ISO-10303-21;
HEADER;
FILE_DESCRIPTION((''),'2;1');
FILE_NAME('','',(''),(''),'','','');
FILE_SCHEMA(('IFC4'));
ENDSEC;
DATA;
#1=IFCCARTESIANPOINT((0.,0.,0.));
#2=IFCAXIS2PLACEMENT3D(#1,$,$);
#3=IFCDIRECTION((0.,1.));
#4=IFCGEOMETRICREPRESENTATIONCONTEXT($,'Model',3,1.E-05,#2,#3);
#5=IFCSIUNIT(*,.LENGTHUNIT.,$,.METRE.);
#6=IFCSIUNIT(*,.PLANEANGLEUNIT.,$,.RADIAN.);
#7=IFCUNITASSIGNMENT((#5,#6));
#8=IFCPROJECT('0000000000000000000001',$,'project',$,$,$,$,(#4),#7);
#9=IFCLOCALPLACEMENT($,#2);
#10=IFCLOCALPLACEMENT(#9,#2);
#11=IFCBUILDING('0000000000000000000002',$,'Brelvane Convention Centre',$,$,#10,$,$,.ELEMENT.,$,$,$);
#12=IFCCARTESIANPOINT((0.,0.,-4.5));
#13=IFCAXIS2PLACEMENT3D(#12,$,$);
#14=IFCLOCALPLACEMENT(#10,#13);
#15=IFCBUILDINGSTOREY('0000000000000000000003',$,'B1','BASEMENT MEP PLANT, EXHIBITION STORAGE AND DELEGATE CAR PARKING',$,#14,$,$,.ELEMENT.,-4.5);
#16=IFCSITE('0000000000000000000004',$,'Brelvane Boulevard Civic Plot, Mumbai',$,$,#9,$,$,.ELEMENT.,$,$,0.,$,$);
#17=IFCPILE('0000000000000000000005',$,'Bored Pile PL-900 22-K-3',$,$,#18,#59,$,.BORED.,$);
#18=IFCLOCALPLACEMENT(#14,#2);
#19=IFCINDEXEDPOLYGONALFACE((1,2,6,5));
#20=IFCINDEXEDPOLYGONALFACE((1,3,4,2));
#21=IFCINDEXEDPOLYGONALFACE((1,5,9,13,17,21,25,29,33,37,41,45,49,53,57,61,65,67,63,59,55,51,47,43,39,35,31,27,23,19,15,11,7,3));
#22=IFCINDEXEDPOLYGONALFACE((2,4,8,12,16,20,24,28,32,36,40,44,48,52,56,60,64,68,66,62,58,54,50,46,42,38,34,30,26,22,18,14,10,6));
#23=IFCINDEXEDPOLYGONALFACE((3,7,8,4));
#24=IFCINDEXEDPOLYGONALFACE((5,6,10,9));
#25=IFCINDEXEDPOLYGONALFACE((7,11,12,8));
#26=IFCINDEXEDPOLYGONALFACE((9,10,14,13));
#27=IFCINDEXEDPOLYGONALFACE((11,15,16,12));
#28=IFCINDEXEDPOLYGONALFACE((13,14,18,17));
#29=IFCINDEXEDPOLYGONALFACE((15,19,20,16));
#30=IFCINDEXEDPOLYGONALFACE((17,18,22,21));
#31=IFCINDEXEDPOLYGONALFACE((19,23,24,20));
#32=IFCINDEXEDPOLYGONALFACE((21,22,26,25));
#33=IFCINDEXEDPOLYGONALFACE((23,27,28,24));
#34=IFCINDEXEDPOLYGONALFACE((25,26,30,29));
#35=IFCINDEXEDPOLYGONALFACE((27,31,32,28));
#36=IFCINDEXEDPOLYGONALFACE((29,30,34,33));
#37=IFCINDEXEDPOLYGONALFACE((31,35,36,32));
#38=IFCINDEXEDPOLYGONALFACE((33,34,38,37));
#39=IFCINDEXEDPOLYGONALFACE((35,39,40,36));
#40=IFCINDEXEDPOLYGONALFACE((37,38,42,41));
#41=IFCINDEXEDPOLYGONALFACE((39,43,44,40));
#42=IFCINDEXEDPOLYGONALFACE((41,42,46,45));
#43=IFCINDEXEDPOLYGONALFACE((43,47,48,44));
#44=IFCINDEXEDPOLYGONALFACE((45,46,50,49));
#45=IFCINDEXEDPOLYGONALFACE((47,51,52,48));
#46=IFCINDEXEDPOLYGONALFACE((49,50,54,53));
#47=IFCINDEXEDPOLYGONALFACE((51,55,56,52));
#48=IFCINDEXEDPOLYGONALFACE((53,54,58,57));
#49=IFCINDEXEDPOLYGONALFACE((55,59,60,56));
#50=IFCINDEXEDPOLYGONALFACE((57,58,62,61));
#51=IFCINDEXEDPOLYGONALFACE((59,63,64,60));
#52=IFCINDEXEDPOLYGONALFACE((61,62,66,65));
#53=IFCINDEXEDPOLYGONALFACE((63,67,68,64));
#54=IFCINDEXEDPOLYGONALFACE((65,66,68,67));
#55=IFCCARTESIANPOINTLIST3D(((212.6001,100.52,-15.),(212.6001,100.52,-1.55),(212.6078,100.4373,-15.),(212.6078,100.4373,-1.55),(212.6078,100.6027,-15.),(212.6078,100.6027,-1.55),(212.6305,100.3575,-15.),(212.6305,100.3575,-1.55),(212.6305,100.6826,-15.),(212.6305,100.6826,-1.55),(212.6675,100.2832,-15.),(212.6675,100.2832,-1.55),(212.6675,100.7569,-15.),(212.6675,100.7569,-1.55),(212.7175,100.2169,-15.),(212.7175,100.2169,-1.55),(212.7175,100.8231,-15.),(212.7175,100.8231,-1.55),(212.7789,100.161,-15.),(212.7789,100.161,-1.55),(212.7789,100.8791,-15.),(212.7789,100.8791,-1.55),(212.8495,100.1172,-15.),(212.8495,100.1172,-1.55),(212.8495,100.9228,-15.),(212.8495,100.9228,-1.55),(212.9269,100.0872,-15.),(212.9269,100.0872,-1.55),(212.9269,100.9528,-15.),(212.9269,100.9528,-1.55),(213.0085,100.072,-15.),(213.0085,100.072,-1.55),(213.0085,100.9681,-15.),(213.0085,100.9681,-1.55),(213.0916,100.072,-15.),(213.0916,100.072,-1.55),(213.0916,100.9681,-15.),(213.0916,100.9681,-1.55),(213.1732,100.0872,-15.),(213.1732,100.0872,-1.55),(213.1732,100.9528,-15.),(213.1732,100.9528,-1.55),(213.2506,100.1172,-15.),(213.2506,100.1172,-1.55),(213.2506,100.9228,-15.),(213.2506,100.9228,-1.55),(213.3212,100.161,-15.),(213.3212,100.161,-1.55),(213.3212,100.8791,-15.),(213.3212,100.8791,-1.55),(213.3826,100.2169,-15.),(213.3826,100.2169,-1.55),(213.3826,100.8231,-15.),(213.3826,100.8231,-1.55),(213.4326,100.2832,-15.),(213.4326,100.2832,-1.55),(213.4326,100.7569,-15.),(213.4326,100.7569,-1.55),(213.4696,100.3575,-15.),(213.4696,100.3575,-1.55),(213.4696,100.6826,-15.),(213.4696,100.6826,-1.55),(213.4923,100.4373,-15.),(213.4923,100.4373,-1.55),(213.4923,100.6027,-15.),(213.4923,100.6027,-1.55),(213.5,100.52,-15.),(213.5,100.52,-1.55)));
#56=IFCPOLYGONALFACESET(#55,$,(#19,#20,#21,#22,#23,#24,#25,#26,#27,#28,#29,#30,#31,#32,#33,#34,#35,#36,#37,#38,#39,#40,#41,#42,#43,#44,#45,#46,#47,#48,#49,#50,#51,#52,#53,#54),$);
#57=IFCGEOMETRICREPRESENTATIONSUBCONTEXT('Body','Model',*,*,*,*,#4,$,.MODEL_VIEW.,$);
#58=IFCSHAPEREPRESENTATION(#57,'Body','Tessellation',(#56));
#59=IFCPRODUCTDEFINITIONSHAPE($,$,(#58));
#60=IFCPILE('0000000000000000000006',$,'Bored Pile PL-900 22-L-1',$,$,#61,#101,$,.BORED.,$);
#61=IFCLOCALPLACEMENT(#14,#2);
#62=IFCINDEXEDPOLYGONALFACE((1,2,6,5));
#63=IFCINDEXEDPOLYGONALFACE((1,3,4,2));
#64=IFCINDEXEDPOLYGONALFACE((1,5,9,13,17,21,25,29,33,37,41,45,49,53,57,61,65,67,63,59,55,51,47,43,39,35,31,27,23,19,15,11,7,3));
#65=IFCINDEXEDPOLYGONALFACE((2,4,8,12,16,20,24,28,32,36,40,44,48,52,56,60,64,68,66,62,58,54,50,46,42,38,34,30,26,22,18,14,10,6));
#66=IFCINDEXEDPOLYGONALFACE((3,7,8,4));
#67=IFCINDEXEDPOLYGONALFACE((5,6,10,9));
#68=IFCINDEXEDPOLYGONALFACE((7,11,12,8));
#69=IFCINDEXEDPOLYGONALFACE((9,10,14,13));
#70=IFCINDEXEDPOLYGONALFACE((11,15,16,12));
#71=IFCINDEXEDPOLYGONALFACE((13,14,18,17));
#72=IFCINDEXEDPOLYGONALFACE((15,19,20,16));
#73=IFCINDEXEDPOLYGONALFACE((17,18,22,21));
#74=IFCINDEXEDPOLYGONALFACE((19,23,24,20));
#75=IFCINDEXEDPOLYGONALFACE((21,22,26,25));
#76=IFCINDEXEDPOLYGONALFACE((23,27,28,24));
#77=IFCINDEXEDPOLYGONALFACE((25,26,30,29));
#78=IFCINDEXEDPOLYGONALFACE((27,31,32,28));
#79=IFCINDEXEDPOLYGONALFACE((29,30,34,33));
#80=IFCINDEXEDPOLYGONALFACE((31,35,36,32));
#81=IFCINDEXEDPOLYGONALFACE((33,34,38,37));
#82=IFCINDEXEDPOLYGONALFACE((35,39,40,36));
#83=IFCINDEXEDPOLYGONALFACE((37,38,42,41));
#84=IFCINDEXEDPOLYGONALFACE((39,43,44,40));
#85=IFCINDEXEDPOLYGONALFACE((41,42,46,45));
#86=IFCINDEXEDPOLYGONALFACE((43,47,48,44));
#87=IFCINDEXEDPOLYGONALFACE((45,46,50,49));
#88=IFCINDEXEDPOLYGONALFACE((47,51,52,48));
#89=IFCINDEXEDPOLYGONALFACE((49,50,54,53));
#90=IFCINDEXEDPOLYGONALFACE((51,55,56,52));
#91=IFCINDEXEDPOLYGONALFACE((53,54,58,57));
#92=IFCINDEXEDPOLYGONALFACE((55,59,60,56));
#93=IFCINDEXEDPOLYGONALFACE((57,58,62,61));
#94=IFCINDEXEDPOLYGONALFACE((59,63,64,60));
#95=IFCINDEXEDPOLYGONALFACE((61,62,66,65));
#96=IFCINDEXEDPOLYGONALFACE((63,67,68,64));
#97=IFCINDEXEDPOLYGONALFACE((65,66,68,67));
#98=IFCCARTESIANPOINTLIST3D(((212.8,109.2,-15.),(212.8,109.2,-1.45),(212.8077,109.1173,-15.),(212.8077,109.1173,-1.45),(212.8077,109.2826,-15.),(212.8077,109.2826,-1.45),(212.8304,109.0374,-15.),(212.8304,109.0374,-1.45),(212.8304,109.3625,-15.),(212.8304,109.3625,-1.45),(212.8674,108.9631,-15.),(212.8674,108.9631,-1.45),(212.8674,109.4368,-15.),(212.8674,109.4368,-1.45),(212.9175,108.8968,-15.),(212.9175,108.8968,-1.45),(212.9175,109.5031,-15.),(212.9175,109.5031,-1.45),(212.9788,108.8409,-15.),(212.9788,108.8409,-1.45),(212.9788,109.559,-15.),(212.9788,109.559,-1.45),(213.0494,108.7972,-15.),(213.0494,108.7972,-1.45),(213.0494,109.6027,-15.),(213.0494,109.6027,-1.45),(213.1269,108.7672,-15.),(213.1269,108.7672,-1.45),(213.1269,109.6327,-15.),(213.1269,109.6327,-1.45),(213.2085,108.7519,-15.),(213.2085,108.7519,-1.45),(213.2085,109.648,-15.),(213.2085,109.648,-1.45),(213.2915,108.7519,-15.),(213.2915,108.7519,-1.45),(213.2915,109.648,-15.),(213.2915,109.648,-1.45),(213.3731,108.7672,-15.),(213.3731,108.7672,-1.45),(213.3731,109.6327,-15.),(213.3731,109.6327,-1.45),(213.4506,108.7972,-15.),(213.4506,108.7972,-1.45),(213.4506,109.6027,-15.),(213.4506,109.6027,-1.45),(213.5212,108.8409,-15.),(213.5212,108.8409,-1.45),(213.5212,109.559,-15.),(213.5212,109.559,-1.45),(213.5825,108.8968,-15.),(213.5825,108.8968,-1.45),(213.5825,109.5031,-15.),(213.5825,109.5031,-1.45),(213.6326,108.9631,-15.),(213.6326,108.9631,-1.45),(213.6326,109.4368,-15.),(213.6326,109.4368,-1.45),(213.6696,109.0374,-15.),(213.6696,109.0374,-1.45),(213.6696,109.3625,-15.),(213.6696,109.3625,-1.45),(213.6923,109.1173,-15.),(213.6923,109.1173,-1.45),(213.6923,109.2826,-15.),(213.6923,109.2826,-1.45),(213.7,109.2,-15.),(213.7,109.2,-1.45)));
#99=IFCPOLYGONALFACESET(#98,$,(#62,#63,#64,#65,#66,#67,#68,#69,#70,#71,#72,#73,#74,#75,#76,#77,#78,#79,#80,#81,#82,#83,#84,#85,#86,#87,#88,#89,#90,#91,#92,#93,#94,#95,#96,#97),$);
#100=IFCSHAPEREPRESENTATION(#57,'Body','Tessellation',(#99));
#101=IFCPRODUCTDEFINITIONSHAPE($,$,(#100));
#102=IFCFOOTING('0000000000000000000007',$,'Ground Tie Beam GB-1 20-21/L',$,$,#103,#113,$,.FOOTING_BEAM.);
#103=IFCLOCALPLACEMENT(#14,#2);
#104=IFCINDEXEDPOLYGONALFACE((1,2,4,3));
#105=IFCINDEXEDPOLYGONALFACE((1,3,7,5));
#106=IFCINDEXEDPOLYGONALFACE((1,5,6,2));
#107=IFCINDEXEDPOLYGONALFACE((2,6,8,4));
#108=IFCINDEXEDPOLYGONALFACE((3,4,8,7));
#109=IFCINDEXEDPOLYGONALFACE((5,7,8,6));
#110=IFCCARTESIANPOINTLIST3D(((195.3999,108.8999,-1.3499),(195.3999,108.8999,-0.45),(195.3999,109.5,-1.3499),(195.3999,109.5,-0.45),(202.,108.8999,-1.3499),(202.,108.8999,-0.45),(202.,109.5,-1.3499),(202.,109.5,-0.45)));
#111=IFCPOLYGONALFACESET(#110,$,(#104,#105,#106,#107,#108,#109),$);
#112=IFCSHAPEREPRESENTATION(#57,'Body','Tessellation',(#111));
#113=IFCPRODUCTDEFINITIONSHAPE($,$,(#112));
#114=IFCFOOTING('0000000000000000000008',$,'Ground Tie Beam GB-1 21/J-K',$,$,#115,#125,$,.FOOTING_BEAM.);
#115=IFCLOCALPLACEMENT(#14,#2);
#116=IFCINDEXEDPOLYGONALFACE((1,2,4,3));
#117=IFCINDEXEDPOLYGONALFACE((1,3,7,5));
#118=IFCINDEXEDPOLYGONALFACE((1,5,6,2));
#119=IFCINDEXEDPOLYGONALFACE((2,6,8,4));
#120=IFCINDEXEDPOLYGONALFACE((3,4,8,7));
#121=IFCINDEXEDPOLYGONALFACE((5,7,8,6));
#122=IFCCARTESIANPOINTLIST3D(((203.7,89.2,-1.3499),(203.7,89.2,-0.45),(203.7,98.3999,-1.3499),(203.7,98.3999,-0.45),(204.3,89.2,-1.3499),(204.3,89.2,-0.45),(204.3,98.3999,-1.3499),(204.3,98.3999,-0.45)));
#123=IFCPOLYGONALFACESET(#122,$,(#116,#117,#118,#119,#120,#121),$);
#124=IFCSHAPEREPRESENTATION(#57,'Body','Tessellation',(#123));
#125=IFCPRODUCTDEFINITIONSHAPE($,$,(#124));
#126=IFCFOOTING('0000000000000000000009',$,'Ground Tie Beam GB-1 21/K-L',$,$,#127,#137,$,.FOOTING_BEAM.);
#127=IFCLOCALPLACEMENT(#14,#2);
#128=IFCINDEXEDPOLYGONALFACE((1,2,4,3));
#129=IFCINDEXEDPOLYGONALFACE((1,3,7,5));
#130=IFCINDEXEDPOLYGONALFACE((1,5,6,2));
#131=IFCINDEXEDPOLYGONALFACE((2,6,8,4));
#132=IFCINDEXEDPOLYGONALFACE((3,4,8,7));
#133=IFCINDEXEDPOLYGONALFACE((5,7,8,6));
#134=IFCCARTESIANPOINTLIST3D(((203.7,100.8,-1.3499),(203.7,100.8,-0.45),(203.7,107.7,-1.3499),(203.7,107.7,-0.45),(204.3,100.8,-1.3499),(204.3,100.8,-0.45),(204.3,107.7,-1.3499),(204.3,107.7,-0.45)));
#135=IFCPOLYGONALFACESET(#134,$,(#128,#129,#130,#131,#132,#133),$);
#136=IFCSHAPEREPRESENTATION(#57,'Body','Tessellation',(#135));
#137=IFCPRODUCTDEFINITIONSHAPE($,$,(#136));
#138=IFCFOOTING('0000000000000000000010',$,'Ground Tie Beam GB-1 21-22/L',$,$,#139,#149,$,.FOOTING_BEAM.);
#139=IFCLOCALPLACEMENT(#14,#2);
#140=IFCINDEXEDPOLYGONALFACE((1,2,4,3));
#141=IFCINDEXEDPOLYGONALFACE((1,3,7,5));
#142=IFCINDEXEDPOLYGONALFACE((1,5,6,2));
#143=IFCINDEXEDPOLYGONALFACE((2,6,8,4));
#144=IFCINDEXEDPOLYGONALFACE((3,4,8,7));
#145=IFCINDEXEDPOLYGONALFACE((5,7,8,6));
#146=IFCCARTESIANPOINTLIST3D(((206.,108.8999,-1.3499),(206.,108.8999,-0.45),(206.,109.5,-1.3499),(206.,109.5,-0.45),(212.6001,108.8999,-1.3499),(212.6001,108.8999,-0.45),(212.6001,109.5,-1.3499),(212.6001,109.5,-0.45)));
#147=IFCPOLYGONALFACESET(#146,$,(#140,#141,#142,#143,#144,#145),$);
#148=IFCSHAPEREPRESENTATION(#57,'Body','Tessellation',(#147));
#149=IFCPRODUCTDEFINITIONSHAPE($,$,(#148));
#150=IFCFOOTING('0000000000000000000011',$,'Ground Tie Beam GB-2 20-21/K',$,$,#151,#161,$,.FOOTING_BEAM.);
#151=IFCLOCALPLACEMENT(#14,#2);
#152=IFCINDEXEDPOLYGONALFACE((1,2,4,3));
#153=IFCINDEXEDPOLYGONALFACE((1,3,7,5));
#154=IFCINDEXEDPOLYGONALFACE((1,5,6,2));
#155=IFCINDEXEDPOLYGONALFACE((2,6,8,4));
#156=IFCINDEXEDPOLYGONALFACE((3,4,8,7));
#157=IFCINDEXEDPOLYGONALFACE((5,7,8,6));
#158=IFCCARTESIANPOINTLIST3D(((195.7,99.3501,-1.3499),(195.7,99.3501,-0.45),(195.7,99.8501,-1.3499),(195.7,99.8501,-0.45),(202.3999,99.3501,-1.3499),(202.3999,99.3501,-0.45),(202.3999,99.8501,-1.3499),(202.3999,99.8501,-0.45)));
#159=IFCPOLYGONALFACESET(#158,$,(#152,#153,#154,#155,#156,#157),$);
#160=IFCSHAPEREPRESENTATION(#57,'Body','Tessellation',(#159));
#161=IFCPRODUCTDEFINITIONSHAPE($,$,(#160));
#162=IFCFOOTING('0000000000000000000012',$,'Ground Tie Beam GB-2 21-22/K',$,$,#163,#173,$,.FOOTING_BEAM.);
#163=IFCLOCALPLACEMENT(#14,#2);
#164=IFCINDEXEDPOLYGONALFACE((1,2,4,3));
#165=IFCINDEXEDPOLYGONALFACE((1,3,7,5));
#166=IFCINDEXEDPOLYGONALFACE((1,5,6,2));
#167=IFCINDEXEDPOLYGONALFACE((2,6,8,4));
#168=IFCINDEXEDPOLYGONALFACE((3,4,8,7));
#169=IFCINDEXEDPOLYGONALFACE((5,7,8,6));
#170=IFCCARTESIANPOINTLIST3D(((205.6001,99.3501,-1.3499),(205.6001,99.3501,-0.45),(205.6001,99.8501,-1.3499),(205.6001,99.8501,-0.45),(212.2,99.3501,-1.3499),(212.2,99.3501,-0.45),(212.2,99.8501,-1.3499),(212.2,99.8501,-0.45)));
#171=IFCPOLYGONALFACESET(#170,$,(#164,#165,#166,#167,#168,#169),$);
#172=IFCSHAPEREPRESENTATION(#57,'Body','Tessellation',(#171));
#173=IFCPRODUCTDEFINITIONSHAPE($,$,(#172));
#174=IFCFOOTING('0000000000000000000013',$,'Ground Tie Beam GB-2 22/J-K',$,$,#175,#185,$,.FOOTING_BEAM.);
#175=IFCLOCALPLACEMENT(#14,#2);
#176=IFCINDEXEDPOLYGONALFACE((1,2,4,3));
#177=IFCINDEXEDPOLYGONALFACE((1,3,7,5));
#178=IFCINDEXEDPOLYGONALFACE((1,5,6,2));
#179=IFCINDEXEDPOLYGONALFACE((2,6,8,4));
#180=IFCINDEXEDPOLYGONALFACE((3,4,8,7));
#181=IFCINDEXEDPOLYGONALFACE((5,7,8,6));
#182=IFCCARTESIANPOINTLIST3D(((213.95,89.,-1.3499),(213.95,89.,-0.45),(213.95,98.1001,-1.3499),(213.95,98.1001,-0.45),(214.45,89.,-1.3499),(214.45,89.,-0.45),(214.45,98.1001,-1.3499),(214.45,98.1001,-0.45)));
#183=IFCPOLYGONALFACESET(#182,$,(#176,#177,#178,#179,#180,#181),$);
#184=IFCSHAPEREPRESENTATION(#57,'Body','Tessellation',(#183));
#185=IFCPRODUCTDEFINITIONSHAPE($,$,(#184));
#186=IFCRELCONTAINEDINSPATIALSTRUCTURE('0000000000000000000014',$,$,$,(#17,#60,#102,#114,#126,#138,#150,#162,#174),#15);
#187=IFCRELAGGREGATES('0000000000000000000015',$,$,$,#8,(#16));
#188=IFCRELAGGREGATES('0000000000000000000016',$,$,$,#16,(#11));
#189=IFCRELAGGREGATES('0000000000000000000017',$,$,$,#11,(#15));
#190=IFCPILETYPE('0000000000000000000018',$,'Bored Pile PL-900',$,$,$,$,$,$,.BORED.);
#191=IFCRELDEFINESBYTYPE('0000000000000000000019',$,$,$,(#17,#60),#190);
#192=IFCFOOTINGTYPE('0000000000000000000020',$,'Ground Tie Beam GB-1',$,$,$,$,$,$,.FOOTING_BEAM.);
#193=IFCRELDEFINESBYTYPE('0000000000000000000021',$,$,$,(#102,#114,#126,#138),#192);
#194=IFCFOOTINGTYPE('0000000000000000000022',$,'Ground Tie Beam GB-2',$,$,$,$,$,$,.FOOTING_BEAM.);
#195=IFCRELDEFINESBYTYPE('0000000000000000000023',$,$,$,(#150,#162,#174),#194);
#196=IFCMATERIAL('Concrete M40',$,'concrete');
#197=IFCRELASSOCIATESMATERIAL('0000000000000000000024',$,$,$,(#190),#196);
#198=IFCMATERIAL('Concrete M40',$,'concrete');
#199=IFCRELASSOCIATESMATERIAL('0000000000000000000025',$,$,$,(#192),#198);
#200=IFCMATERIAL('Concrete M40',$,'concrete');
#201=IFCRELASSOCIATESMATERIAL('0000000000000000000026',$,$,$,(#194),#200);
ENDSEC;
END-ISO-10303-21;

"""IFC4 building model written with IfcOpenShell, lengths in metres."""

from ifc_helpers import new_model, si_unit, direction, frame, origin, origin_2d, place, context, subcontext, project, spatial, rectangle, circle, extrude, material, material_profile, profile_set, type_object, element, save


model = new_model("IFC4")

# Units and contexts
model_context = context("Model", 3, precision=1e-05, world=origin(), true_north=direction((0.0, 1.0)))
body_context = subcontext(model_context, "Body", "Model", "MODEL_VIEW")
ifc_project = project(units=[si_unit("LENGTHUNIT", "METRE"), si_unit("PLANEANGLEUNIT", "RADIAN")], contexts=[model_context])

# Site, building, storey
site_placement = place(None, origin())
site = spatial("IfcSite", under=ifc_project, at=site_placement, Name="Brelvane Boulevard Civic Plot, Mumbai", CompositionType="ELEMENT", RefElevation=0.0)
building_placement = place(site_placement, origin())
building = spatial("IfcBuilding", under=site, at=building_placement, Name="Brelvane Convention Centre", CompositionType="ELEMENT")
storey_placement = place(building_placement, frame((0.0, 0.0, -4.5)))
storey = spatial("IfcBuildingStorey", under=building, at=storey_placement, Name="B1", Description="BASEMENT MEP PLANT, EXHIBITION STORAGE AND DELEGATE CAR PARKING", CompositionType="ELEMENT", Elevation=-4.5)

# Piles
ifc_material_1 = material(Name="Concrete M40", Category="concrete")
ifc_material_profile_1 = material_profile(ifc_material_1, circle(Radius=0.45, at=origin_2d()), Name="PILE D900")
ifc_profile_set_1 = profile_set([ifc_material_profile_1], Name="Concrete M40")
pile_type = type_object("IfcPileType", Name="Bored Pile PL-900", PredefinedType="BORED", material=ifc_profile_set_1)
for number, where, z_axis, x_axis, name in (
    (1, (213.05, 100.52, -1.55), (0.0, 0.0, -1.0), (1.0, 0.0, 0.0), "Bored Pile PL-900 22-K-3"),
):
    element("IfcPile", number, at=place(storey_placement, frame(where, z_axis=z_axis, x_axis=x_axis)), inside=storey, type_object=pile_type, Name=name, PredefinedType="BORED", context=body_context, shape_type="SweptSolid", body=[
        extrude(circle(Radius=0.45, at=origin_2d()), origin(), (0.0, 0.0, 1.0), 13.45),
    ])
pile_1_placement = place(storey_placement, frame((213.25, 109.2, -1.45), z_axis=(0.0, 0.0, -1.0), x_axis=(1.0, 0.0, 0.0)))
element("IfcPile", 2, at=pile_1_placement, inside=storey, type_object=pile_type, Name="Bored Pile PL-900 22-L-1", PredefinedType="BORED", context=body_context, shape_type="SweptSolid", body=[
    extrude(circle(Radius=0.45, at=origin_2d()), origin(), (0.0, 0.0, 1.0), 13.55),
])

# Footings
ifc_material_2 = material(Name="Concrete M40", Category="concrete")
ifc_material_profile_2 = material_profile(ifc_material_2, rectangle(XDim=0.6001, YDim=0.8999, at=origin_2d()), Name="RC 600x900")
ifc_profile_set_2 = profile_set([ifc_material_profile_2], Name="Concrete M40")
footing_type_1 = type_object("IfcFootingType", Name="Ground Tie Beam GB-1", PredefinedType="FOOTING_BEAM", material=ifc_profile_set_2)
footing_1_placement = place(storey_placement, frame((195.3999, 109.2, -0.8999), z_axis=(1.0, 0.0, 0.0), x_axis=(0.0, 1.0, 0.0)))
element("IfcFooting", 3, at=footing_1_placement, inside=storey, type_object=footing_type_1, Name="Ground Tie Beam GB-1 20-21/L", PredefinedType="FOOTING_BEAM", context=body_context, shape_type="SweptSolid", body=[
    extrude(rectangle(XDim=0.6001, YDim=0.8999, at=origin_2d()), origin(), (0.0, 0.0, 1.0), 6.6001),
])
footing_2_placement = place(storey_placement, frame((204.0, 89.2, -0.8999), z_axis=(0.0, 1.0, 0.0), x_axis=(-1.0, 0.0, 0.0)))
element("IfcFooting", 4, at=footing_2_placement, inside=storey, type_object=footing_type_1, Name="Ground Tie Beam GB-1 21/J-K", PredefinedType="FOOTING_BEAM", context=body_context, shape_type="SweptSolid", body=[
    extrude(rectangle(XDim=0.6001, YDim=0.8999, at=origin_2d()), origin(), (0.0, 0.0, 1.0), 9.2),
])
footing_3_placement = place(storey_placement, frame((204.0, 100.8, -0.8999), z_axis=(0.0, 1.0, 0.0), x_axis=(-1.0, 0.0, 0.0)))
element("IfcFooting", 5, at=footing_3_placement, inside=storey, type_object=footing_type_1, Name="Ground Tie Beam GB-1 21/K-L", PredefinedType="FOOTING_BEAM", context=body_context, shape_type="SweptSolid", body=[
    extrude(rectangle(XDim=0.6001, YDim=0.8999, at=origin_2d()), origin(), (0.0, 0.0, 1.0), 6.8999),
])
footing_4_placement = place(storey_placement, frame((206.0, 109.2, -0.8999), z_axis=(1.0, 0.0, 0.0), x_axis=(0.0, 1.0, 0.0)))
element("IfcFooting", 6, at=footing_4_placement, inside=storey, type_object=footing_type_1, Name="Ground Tie Beam GB-1 21-22/L", PredefinedType="FOOTING_BEAM", context=body_context, shape_type="SweptSolid", body=[
    extrude(rectangle(XDim=0.6001, YDim=0.8999, at=origin_2d()), origin(), (0.0, 0.0, 1.0), 6.6001),
])
ifc_material_3 = material(Name="Concrete M40", Category="concrete")
ifc_material_profile_3 = material_profile(ifc_material_3, rectangle(XDim=0.5, YDim=0.8999, at=origin_2d()), Name="RC 500x900")
ifc_profile_set_3 = profile_set([ifc_material_profile_3], Name="Concrete M40")
footing_type_2 = type_object("IfcFootingType", Name="Ground Tie Beam GB-2", PredefinedType="FOOTING_BEAM", material=ifc_profile_set_3)
footing_5_placement = place(storey_placement, frame((195.7, 99.6001, -0.8999), z_axis=(1.0, 0.0, 0.0), x_axis=(0.0, 1.0, 0.0)))
element("IfcFooting", 7, at=footing_5_placement, inside=storey, type_object=footing_type_2, Name="Ground Tie Beam GB-2 20-21/K", PredefinedType="FOOTING_BEAM", context=body_context, shape_type="SweptSolid", body=[
    extrude(rectangle(XDim=0.5, YDim=0.8999, at=origin_2d()), origin(), (0.0, 0.0, 1.0), 6.7),
])
footing_6_placement = place(storey_placement, frame((205.6001, 99.6001, -0.8999), z_axis=(1.0, 0.0, 0.0), x_axis=(0.0, 1.0, 0.0)))
element("IfcFooting", 8, at=footing_6_placement, inside=storey, type_object=footing_type_2, Name="Ground Tie Beam GB-2 21-22/K", PredefinedType="FOOTING_BEAM", context=body_context, shape_type="SweptSolid", body=[
    extrude(rectangle(XDim=0.5, YDim=0.8999, at=origin_2d()), origin(), (0.0, 0.0, 1.0), 6.5999),
])
footing_7_placement = place(storey_placement, frame((214.2, 89.0, -0.8999), z_axis=(0.0, 1.0, 0.0), x_axis=(-1.0, 0.0, 0.0)))
element("IfcFooting", 9, at=footing_7_placement, inside=storey, type_object=footing_type_2, Name="Ground Tie Beam GB-2 22/J-K", PredefinedType="FOOTING_BEAM", context=body_context, shape_type="SweptSolid", body=[
    extrude(rectangle(XDim=0.5, YDim=0.8999, at=origin_2d()), origin(), (0.0, 0.0, 1.0), 9.1001),
])

save(model, "model.ifc")
